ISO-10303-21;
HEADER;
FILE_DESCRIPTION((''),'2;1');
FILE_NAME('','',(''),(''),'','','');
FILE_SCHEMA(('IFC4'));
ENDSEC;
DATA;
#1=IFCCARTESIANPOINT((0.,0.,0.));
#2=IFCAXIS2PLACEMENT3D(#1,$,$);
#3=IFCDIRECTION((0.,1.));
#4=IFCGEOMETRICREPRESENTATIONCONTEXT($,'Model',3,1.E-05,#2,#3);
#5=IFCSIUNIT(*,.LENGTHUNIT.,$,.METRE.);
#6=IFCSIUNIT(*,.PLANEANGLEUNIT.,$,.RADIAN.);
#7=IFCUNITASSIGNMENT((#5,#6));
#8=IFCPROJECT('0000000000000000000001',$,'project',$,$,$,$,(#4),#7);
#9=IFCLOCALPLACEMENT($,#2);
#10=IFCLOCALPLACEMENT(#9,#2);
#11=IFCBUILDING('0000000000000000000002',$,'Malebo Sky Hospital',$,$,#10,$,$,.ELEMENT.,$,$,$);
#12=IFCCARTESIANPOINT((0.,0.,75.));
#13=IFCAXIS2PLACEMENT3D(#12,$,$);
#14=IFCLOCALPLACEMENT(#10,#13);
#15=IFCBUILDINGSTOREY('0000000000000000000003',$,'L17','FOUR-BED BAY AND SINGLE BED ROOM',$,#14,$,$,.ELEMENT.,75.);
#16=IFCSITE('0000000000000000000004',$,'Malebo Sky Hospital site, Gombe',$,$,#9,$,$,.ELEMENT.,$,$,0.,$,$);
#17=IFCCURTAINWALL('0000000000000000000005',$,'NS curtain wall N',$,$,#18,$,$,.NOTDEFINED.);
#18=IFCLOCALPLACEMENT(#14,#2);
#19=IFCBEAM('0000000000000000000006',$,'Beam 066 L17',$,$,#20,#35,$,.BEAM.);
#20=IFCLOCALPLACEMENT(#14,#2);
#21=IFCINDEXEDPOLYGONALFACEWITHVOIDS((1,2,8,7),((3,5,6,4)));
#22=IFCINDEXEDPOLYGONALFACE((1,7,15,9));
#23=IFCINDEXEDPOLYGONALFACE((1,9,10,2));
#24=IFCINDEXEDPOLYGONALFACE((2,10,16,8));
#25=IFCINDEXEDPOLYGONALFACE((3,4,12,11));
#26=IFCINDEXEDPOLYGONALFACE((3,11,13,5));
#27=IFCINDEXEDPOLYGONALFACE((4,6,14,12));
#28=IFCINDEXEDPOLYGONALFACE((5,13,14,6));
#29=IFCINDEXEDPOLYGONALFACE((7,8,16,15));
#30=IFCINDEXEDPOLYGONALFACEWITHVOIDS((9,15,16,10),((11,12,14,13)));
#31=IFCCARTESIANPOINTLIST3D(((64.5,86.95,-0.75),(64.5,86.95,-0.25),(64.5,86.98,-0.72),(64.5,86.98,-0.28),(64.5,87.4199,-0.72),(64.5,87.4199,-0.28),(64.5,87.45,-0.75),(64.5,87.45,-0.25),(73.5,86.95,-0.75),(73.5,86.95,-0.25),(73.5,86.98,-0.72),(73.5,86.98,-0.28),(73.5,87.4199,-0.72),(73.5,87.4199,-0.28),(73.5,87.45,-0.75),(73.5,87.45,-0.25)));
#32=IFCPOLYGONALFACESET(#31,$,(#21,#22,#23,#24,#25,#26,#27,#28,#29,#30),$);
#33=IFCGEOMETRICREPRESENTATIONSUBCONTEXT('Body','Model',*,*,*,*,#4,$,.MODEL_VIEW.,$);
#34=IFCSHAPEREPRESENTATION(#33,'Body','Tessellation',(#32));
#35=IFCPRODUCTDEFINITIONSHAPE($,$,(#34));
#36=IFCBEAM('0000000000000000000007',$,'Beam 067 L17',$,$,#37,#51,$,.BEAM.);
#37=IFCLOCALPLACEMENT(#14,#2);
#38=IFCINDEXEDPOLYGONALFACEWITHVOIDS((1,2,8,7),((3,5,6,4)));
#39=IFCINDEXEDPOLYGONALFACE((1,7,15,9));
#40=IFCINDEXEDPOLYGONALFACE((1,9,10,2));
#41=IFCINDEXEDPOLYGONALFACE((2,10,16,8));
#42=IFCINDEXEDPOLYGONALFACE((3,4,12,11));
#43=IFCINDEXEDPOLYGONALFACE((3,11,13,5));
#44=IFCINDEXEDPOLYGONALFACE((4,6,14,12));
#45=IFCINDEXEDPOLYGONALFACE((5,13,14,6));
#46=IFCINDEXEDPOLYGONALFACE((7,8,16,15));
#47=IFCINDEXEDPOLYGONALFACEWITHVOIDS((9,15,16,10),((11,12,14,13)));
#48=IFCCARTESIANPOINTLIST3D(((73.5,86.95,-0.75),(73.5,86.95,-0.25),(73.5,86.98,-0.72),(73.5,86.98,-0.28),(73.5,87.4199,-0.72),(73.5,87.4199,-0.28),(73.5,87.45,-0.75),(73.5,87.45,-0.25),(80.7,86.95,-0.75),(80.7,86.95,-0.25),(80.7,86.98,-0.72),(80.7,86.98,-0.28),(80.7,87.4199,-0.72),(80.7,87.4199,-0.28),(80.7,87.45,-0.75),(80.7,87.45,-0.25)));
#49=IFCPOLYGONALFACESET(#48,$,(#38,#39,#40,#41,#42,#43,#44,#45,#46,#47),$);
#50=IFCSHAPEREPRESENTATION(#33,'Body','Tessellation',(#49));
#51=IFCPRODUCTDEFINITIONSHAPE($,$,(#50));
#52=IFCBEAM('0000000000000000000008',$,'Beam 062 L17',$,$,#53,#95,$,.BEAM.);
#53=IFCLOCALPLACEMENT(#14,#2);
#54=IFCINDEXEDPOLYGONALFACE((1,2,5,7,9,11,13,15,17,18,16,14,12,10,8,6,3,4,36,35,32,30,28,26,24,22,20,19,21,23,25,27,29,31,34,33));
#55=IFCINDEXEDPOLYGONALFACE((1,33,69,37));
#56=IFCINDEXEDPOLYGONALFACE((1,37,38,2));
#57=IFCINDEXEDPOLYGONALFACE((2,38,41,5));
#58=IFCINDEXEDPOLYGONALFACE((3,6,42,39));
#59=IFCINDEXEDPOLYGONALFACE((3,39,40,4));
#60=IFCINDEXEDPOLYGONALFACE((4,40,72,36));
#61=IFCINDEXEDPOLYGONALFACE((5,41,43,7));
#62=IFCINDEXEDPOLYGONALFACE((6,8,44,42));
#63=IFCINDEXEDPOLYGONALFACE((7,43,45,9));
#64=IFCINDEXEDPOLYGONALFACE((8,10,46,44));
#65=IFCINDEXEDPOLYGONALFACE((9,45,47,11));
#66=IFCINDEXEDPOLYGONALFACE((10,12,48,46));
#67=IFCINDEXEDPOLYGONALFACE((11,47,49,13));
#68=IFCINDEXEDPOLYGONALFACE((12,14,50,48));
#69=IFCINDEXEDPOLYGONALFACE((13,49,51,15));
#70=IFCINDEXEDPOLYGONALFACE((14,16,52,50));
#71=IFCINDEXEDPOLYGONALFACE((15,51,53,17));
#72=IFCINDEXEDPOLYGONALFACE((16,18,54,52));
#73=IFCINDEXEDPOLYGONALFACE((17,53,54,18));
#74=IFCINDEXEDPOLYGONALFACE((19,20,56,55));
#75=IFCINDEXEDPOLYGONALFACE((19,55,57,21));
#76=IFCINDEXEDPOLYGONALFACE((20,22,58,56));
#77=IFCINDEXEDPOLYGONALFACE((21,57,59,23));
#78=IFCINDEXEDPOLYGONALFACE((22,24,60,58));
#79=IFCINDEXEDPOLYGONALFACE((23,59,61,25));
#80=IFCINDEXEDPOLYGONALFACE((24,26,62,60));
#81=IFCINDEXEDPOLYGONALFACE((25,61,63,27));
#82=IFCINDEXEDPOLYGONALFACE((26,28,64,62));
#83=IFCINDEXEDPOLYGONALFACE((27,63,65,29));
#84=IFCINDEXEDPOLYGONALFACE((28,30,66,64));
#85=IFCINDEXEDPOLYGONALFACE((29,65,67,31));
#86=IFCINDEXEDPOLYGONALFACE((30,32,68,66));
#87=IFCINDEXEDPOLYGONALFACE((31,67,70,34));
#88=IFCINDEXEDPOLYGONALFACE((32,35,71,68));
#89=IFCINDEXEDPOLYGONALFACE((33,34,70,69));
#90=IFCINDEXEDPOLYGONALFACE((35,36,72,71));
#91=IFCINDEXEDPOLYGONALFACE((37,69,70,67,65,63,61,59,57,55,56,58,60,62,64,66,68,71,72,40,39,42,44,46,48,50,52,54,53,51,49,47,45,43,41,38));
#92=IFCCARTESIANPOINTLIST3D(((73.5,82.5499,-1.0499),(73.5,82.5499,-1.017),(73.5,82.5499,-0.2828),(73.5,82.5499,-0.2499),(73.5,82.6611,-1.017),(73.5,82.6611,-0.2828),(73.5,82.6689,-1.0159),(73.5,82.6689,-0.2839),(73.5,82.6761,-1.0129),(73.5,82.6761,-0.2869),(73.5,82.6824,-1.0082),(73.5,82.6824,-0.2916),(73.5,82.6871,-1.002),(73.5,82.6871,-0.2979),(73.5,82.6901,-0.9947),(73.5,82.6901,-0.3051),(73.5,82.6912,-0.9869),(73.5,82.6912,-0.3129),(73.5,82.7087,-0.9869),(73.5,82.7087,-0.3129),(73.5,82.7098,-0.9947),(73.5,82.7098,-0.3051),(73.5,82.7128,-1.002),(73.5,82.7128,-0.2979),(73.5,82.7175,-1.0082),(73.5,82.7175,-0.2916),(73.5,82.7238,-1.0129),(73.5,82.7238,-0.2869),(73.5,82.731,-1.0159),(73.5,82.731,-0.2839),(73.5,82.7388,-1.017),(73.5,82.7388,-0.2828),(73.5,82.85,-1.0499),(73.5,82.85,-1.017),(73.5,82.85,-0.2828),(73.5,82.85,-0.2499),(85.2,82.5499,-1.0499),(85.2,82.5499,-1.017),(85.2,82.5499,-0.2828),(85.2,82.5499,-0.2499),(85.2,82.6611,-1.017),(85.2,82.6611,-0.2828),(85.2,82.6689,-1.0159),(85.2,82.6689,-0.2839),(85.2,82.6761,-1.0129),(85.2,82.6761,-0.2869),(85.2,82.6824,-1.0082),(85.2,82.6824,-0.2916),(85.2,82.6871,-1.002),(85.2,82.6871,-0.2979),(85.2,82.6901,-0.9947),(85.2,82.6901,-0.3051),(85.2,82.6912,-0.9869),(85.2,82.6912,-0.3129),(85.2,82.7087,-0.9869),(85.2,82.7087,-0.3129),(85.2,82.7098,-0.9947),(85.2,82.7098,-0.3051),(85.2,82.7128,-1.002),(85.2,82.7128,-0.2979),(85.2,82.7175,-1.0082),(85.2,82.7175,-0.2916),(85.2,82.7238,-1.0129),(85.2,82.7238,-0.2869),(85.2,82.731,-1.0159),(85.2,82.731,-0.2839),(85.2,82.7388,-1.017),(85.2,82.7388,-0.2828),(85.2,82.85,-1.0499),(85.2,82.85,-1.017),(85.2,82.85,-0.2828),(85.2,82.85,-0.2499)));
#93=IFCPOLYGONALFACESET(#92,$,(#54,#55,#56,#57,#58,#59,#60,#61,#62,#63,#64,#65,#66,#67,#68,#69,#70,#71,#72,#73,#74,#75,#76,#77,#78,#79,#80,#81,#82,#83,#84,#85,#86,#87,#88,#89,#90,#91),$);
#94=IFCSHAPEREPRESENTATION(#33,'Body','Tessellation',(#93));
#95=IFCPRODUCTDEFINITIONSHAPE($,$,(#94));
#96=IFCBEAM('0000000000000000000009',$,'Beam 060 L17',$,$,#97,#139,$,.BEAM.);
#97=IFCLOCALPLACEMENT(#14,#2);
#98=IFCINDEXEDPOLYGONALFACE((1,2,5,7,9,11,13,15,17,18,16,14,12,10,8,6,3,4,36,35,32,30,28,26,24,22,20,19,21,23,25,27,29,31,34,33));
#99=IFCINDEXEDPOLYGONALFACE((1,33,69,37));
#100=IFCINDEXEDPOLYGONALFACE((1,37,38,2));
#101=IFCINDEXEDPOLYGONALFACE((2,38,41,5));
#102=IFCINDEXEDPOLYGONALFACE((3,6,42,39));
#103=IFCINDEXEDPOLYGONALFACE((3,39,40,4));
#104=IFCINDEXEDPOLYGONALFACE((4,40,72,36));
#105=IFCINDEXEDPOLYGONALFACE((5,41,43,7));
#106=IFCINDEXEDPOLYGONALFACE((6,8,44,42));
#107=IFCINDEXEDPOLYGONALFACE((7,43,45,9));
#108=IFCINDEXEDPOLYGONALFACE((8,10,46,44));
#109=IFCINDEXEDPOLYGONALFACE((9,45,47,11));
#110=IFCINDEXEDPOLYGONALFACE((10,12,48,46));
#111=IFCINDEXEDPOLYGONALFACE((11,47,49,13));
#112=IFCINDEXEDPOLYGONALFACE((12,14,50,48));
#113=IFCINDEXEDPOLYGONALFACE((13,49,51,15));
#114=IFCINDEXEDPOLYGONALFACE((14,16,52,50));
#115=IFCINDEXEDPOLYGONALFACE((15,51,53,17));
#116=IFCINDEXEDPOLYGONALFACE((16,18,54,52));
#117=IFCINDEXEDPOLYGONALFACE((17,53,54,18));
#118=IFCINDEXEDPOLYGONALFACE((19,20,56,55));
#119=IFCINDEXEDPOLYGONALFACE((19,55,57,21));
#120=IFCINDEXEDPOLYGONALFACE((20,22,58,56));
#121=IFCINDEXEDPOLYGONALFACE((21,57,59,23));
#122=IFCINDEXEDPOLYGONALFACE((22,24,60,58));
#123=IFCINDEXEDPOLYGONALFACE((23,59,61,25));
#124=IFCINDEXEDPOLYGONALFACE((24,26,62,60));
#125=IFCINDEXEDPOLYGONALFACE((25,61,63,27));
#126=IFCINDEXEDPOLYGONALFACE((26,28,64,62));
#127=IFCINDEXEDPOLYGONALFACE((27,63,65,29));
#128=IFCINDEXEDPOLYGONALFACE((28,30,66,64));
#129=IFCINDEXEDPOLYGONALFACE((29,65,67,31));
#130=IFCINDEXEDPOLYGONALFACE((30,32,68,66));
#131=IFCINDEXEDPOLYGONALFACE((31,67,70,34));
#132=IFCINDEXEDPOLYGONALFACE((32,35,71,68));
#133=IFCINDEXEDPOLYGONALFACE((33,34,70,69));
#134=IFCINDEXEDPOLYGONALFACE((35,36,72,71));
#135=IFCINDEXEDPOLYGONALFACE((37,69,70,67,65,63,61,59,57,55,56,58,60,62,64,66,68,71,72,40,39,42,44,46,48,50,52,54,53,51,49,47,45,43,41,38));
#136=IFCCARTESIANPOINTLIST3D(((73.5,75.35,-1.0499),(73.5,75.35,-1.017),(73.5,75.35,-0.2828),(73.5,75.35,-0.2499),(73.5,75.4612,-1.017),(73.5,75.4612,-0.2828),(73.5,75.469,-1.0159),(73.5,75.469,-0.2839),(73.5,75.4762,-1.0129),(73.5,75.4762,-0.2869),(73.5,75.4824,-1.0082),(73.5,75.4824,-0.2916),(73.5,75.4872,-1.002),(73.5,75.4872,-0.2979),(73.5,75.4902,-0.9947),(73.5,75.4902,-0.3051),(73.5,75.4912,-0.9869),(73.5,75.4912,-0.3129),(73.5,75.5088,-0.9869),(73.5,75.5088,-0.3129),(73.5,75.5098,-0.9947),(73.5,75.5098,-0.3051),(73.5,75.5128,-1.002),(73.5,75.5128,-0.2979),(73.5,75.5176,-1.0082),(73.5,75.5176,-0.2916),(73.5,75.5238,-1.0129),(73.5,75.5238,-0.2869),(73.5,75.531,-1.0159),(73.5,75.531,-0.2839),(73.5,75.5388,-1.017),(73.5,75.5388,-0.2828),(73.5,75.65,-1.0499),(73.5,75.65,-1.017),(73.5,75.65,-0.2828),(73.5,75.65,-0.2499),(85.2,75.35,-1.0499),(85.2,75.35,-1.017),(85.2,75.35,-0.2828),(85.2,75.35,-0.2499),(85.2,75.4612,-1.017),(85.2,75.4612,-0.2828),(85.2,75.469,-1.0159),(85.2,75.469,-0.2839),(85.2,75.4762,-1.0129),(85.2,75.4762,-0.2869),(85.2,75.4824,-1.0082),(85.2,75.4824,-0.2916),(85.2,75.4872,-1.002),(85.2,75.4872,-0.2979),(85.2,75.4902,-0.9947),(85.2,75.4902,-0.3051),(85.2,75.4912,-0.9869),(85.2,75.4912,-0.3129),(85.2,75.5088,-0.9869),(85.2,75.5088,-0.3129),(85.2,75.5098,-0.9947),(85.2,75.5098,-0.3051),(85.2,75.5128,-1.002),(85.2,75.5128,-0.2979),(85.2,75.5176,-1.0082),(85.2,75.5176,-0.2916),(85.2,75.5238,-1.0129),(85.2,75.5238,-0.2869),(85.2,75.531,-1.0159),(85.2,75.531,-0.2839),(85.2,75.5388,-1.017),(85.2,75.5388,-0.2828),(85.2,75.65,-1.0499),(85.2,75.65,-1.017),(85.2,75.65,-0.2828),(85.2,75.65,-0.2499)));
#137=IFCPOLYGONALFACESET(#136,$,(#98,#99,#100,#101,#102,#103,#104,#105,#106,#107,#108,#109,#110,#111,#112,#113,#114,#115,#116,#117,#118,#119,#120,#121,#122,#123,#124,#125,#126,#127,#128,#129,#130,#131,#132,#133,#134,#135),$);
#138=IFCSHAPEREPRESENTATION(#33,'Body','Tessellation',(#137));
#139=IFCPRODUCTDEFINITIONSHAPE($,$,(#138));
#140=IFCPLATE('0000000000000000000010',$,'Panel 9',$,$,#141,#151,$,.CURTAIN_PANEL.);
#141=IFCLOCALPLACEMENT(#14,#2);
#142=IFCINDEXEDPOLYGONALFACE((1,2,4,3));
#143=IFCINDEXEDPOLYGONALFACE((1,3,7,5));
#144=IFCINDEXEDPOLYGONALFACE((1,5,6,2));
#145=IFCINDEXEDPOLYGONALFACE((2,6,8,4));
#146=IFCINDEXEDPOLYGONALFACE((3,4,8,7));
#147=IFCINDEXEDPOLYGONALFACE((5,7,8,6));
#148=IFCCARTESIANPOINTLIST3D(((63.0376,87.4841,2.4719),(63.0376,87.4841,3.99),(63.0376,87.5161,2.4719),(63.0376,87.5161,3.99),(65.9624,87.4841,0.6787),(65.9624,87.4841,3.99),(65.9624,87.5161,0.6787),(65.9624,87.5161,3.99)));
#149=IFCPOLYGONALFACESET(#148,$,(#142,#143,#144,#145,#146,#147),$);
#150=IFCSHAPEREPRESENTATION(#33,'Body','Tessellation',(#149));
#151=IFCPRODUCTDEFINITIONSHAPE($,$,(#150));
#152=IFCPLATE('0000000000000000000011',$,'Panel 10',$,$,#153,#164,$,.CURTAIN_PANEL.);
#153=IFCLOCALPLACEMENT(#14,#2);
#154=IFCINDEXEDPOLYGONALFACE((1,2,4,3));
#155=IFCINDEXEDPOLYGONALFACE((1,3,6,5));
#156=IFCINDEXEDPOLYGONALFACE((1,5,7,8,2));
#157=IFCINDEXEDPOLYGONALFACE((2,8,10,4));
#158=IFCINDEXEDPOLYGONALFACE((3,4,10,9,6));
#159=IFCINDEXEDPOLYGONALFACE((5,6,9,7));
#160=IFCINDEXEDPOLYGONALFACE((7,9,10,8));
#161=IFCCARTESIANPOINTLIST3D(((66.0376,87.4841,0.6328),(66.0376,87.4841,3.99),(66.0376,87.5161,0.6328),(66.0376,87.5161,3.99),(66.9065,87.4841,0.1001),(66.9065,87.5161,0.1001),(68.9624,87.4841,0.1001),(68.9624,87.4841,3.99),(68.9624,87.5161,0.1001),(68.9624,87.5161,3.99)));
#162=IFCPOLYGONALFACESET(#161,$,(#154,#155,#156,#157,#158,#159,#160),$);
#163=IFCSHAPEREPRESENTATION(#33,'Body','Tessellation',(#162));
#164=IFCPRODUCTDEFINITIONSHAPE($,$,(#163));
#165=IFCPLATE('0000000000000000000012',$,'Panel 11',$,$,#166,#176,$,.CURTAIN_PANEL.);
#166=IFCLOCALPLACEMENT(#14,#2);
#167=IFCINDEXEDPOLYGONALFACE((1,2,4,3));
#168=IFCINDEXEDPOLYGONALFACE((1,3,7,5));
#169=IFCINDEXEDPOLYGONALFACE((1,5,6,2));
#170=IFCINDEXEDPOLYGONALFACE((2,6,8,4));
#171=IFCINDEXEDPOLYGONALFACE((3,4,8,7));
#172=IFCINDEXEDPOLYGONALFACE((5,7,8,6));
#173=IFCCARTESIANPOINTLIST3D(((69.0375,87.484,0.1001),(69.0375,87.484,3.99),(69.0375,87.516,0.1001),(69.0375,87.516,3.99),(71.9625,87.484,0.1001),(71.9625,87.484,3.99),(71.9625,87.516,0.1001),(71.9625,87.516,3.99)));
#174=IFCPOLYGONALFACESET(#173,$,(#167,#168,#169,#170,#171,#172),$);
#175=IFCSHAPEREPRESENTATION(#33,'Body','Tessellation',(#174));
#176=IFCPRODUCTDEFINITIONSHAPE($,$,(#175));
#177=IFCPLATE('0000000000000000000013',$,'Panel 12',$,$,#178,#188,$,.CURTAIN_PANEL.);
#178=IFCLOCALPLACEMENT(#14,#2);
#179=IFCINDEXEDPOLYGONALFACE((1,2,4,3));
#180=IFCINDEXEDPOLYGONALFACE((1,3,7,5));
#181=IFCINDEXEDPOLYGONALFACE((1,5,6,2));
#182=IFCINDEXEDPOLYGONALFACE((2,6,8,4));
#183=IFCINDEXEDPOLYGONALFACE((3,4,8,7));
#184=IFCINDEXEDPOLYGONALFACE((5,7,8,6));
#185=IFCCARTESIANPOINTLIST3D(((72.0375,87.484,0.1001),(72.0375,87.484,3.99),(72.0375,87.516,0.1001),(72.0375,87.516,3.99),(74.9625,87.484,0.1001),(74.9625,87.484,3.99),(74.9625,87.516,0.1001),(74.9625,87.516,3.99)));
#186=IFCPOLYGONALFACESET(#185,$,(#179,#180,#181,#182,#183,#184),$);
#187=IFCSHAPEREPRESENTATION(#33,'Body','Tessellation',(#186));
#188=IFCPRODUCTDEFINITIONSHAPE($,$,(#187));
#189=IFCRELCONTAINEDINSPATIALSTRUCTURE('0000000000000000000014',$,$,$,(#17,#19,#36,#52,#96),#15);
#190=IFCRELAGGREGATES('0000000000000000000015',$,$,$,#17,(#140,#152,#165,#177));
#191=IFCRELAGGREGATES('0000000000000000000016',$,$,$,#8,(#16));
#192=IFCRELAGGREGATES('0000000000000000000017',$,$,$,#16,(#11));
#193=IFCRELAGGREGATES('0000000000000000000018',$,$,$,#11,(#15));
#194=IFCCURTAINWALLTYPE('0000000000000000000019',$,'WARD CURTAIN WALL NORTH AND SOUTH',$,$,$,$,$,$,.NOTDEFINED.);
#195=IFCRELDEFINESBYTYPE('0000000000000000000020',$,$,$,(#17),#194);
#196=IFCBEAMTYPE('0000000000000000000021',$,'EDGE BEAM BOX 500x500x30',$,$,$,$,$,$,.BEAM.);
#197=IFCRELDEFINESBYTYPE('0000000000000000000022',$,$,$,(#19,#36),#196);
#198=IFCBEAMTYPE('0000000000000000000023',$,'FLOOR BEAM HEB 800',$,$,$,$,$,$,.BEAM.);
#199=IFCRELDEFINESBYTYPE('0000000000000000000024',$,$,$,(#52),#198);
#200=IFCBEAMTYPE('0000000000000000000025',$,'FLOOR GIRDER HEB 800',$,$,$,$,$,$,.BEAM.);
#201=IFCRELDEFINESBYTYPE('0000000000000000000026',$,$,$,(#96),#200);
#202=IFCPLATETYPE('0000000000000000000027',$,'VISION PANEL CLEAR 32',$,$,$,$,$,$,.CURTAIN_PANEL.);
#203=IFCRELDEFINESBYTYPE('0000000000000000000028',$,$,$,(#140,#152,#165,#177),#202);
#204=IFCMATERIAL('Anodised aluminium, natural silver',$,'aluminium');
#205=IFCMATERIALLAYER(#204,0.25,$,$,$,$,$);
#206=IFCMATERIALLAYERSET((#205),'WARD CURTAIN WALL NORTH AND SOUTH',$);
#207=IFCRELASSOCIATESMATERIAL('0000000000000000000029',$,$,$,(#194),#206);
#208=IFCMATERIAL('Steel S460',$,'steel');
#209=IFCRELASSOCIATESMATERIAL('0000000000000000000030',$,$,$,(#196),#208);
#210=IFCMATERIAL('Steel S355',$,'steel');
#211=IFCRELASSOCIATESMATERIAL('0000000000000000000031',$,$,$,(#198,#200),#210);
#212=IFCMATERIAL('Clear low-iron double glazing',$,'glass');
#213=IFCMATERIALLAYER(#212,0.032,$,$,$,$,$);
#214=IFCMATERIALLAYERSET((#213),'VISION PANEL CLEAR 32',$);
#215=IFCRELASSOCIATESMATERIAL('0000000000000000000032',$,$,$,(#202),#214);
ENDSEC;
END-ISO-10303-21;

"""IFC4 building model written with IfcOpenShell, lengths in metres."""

from ifc_helpers import new_model, si_unit, direction, frame, origin, origin_2d, place, context, subcontext, project, spatial, polyline, rectangle, hollow_rectangle, i_section, outline, extrude, material, layer, layer_set, material_profile, profile_set, type_object, element, aggregate, save


model = new_model("IFC4")

# Units and contexts
model_context = context("Model", 3, precision=1e-05, world=origin(), true_north=direction((0.0, 1.0)))
body_context = subcontext(model_context, "Body", "Model", "MODEL_VIEW")
ifc_project = project(units=[si_unit("LENGTHUNIT", "METRE"), si_unit("PLANEANGLEUNIT", "RADIAN")], contexts=[model_context])

# Site, building, storey
site_placement = place(None, origin())
site = spatial("IfcSite", under=ifc_project, at=site_placement, Name="Malebo Sky Hospital site, Gombe", CompositionType="ELEMENT", RefElevation=0.0)
building_placement = place(site_placement, origin())
building = spatial("IfcBuilding", under=site, at=building_placement, Name="Malebo Sky Hospital", CompositionType="ELEMENT")
storey_placement = place(building_placement, frame((0.0, 0.0, 75.0)))
storey = spatial("IfcBuildingStorey", under=building, at=storey_placement, Name="L17", Description="FOUR-BED BAY AND SINGLE BED ROOM", CompositionType="ELEMENT", Elevation=75.0)

# Shared definitions
ifc_material_1 = material(Name="Steel S460", Category="steel")

# Curtain wall
ifc_material_2 = material(Name="Anodised aluminium, natural silver", Category="aluminium")
ifc_layer_1 = layer(ifc_material_2, 0.25)
ifc_layer_set_1 = layer_set([ifc_layer_1], Name="WARD CURTAIN WALL NORTH AND SOUTH")
curtain_wall_type = type_object("IfcCurtainWallType", Name="WARD CURTAIN WALL NORTH AND SOUTH", PredefinedType="NOTDEFINED", material=ifc_layer_set_1)
curtain_wall_placement = place(storey_placement, origin())
curtain_wall = element("IfcCurtainWall", 1, at=curtain_wall_placement, inside=storey, type_object=curtain_wall_type, Name="NS curtain wall N", PredefinedType="NOTDEFINED")

# Shared definitions
ifc_material_3 = material(Name="Steel S355", Category="steel")

# Beams
ifc_material_profile_1 = material_profile(ifc_material_1, hollow_rectangle(XDim=0.5, YDim=0.5, WallThickness=0.03, at=origin_2d()), Name="BOX 500x500x30")
ifc_profile_set_1 = profile_set([ifc_material_profile_1], Name="Steel S460")
beam_type_1 = type_object("IfcBeamType", Name="EDGE BEAM BOX 500x500x30", PredefinedType="BEAM", material=ifc_profile_set_1)
beam_1_placement = place(storey_placement, frame((64.5, 87.2, -0.5), z_axis=(1.0, 0.0, 0.0), x_axis=(0.0, 1.0, 0.0)))
element("IfcBeam", 2, at=beam_1_placement, inside=storey, type_object=beam_type_1, Name="Beam 066 L17", PredefinedType="BEAM", context=body_context, shape_type="SweptSolid", body=[
    extrude(hollow_rectangle(XDim=0.5, YDim=0.5, WallThickness=0.03, at=origin_2d()), origin(), (0.0, 0.0, 1.0), 9.0),
])
beam_2_placement = place(storey_placement, frame((73.5, 87.2, -0.5), z_axis=(1.0, 0.0, 0.0), x_axis=(0.0, 1.0, 0.0)))
element("IfcBeam", 3, at=beam_2_placement, inside=storey, type_object=beam_type_1, Name="Beam 067 L17", PredefinedType="BEAM", context=body_context, shape_type="SweptSolid", body=[
    extrude(hollow_rectangle(XDim=0.5, YDim=0.5, WallThickness=0.03, at=origin_2d()), origin(), (0.0, 0.0, 1.0), 7.2),
])
ifc_material_profile_2 = material_profile(ifc_material_3, i_section(OverallWidth=0.3, OverallDepth=0.8, WebThickness=0.0176, FlangeThickness=0.033, FilletRadius=0.03, at=origin_2d()), Name="HEB 800")
ifc_profile_set_2 = profile_set([ifc_material_profile_2], Name="Steel S355")
beam_type_2 = type_object("IfcBeamType", Name="FLOOR BEAM HEB 800", PredefinedType="BEAM", material=ifc_profile_set_2)
beam_3_placement = place(storey_placement, frame((73.5, 82.7, -0.6499), z_axis=(1.0, 0.0, 0.0), x_axis=(0.0, 1.0, 0.0)))
element("IfcBeam", 4, at=beam_3_placement, inside=storey, type_object=beam_type_2, Name="Beam 062 L17", PredefinedType="BEAM", context=body_context, shape_type="SweptSolid", body=[
    extrude(i_section(OverallWidth=0.3, OverallDepth=0.8, WebThickness=0.0176, FlangeThickness=0.033, FilletRadius=0.03, at=origin_2d()), origin(), (0.0, 0.0, 1.0), 11.7),
])
ifc_material_profile_3 = material_profile(ifc_material_3, i_section(OverallWidth=0.3, OverallDepth=0.8, WebThickness=0.0176, FlangeThickness=0.033, FilletRadius=0.03, at=origin_2d()), Name="HEB 800")
ifc_profile_set_3 = profile_set([ifc_material_profile_3], Name="Steel S355")
beam_type_3 = type_object("IfcBeamType", Name="FLOOR GIRDER HEB 800", PredefinedType="BEAM", material=ifc_profile_set_3)
beam_4_placement = place(storey_placement, frame((73.5, 75.5, -0.6499), z_axis=(1.0, 0.0, 0.0), x_axis=(0.0, 1.0, 0.0)))
element("IfcBeam", 5, at=beam_4_placement, inside=storey, type_object=beam_type_3, Name="Beam 060 L17", PredefinedType="BEAM", context=body_context, shape_type="SweptSolid", body=[
    extrude(i_section(OverallWidth=0.3, OverallDepth=0.8, WebThickness=0.0176, FlangeThickness=0.033, FilletRadius=0.03, at=origin_2d()), origin(), (0.0, 0.0, 1.0), 11.7),
])

# Plates
ifc_material_4 = material(Name="Clear low-iron double glazing", Category="glass")
ifc_layer_2 = layer(ifc_material_4, 0.032)
ifc_layer_set_2 = layer_set([ifc_layer_2], Name="VISION PANEL CLEAR 32")
plate_type = type_object("IfcPlateType", Name="VISION PANEL CLEAR 32", PredefinedType="CURTAIN_PANEL", material=ifc_layer_set_2)
plate_1_placement = place(storey_placement, frame((64.5, 87.5, 0.6787), z_axis=(0.0, 0.0, 1.0), x_axis=(1.0, 0.0, 0.0)))
plate_1 = element("IfcPlate", 6, at=plate_1_placement, type_object=plate_type, Name="Panel 9", PredefinedType="CURTAIN_PANEL", context=body_context, shape_type="SweptSolid", body=[
    extrude(outline(polyline([(1.4624, 0.0), (1.4624, 3.3113), (-1.4624, 3.3113), (-1.4624, 1.7932), (1.4624, 0.0)])), frame((0.0, 0.0161, 0.0), z_axis=(0.0, -1.0, 0.0), x_axis=(1.0, 0.0, 0.0)), (0.0, 0.0, 1.0), 0.032),
])
plate_2_placement = place(storey_placement, frame((67.5, 87.5, 0.1001), z_axis=(0.0, 0.0, 1.0), x_axis=(1.0, 0.0, 0.0)))
plate_2 = element("IfcPlate", 7, at=plate_2_placement, type_object=plate_type, Name="Panel 10", PredefinedType="CURTAIN_PANEL", context=body_context, shape_type="SweptSolid", body=[
    extrude(outline(polyline([(-0.5935, 0.0), (1.4624, 0.0), (1.4624, 3.8899), (-1.4624, 3.8899), (-1.4624, 0.5327), (-0.5935, 0.0)])), frame((0.0, 0.0161, 0.0), z_axis=(0.0, -1.0, 0.0), x_axis=(1.0, 0.0, 0.0)), (0.0, 0.0, 1.0), 0.032),
])
plate_3_placement = place(storey_placement, frame((70.5, 87.5, 0.1001), z_axis=(0.0, 0.0, 1.0), x_axis=(1.0, 0.0, 0.0)))
plate_3 = element("IfcPlate", 8, at=plate_3_placement, type_object=plate_type, Name="Panel 11", PredefinedType="CURTAIN_PANEL", context=body_context, shape_type="SweptSolid", body=[
    extrude(rectangle(XDim=2.925, YDim=0.032, at=origin_2d()), origin(), (0.0, 0.0, 1.0), 3.8899),
])
plate_4_placement = place(storey_placement, frame((73.5, 87.5, 0.1001), z_axis=(0.0, 0.0, 1.0), x_axis=(1.0, 0.0, 0.0)))
plate_4 = element("IfcPlate", 9, at=plate_4_placement, type_object=plate_type, Name="Panel 12", PredefinedType="CURTAIN_PANEL", context=body_context, shape_type="SweptSolid", body=[
    extrude(rectangle(XDim=2.925, YDim=0.032, at=origin_2d()), origin(), (0.0, 0.0, 1.0), 3.8899),
])
aggregate(curtain_wall, [plate_1, plate_2, plate_3, plate_4])

save(model, "model.ifc")
